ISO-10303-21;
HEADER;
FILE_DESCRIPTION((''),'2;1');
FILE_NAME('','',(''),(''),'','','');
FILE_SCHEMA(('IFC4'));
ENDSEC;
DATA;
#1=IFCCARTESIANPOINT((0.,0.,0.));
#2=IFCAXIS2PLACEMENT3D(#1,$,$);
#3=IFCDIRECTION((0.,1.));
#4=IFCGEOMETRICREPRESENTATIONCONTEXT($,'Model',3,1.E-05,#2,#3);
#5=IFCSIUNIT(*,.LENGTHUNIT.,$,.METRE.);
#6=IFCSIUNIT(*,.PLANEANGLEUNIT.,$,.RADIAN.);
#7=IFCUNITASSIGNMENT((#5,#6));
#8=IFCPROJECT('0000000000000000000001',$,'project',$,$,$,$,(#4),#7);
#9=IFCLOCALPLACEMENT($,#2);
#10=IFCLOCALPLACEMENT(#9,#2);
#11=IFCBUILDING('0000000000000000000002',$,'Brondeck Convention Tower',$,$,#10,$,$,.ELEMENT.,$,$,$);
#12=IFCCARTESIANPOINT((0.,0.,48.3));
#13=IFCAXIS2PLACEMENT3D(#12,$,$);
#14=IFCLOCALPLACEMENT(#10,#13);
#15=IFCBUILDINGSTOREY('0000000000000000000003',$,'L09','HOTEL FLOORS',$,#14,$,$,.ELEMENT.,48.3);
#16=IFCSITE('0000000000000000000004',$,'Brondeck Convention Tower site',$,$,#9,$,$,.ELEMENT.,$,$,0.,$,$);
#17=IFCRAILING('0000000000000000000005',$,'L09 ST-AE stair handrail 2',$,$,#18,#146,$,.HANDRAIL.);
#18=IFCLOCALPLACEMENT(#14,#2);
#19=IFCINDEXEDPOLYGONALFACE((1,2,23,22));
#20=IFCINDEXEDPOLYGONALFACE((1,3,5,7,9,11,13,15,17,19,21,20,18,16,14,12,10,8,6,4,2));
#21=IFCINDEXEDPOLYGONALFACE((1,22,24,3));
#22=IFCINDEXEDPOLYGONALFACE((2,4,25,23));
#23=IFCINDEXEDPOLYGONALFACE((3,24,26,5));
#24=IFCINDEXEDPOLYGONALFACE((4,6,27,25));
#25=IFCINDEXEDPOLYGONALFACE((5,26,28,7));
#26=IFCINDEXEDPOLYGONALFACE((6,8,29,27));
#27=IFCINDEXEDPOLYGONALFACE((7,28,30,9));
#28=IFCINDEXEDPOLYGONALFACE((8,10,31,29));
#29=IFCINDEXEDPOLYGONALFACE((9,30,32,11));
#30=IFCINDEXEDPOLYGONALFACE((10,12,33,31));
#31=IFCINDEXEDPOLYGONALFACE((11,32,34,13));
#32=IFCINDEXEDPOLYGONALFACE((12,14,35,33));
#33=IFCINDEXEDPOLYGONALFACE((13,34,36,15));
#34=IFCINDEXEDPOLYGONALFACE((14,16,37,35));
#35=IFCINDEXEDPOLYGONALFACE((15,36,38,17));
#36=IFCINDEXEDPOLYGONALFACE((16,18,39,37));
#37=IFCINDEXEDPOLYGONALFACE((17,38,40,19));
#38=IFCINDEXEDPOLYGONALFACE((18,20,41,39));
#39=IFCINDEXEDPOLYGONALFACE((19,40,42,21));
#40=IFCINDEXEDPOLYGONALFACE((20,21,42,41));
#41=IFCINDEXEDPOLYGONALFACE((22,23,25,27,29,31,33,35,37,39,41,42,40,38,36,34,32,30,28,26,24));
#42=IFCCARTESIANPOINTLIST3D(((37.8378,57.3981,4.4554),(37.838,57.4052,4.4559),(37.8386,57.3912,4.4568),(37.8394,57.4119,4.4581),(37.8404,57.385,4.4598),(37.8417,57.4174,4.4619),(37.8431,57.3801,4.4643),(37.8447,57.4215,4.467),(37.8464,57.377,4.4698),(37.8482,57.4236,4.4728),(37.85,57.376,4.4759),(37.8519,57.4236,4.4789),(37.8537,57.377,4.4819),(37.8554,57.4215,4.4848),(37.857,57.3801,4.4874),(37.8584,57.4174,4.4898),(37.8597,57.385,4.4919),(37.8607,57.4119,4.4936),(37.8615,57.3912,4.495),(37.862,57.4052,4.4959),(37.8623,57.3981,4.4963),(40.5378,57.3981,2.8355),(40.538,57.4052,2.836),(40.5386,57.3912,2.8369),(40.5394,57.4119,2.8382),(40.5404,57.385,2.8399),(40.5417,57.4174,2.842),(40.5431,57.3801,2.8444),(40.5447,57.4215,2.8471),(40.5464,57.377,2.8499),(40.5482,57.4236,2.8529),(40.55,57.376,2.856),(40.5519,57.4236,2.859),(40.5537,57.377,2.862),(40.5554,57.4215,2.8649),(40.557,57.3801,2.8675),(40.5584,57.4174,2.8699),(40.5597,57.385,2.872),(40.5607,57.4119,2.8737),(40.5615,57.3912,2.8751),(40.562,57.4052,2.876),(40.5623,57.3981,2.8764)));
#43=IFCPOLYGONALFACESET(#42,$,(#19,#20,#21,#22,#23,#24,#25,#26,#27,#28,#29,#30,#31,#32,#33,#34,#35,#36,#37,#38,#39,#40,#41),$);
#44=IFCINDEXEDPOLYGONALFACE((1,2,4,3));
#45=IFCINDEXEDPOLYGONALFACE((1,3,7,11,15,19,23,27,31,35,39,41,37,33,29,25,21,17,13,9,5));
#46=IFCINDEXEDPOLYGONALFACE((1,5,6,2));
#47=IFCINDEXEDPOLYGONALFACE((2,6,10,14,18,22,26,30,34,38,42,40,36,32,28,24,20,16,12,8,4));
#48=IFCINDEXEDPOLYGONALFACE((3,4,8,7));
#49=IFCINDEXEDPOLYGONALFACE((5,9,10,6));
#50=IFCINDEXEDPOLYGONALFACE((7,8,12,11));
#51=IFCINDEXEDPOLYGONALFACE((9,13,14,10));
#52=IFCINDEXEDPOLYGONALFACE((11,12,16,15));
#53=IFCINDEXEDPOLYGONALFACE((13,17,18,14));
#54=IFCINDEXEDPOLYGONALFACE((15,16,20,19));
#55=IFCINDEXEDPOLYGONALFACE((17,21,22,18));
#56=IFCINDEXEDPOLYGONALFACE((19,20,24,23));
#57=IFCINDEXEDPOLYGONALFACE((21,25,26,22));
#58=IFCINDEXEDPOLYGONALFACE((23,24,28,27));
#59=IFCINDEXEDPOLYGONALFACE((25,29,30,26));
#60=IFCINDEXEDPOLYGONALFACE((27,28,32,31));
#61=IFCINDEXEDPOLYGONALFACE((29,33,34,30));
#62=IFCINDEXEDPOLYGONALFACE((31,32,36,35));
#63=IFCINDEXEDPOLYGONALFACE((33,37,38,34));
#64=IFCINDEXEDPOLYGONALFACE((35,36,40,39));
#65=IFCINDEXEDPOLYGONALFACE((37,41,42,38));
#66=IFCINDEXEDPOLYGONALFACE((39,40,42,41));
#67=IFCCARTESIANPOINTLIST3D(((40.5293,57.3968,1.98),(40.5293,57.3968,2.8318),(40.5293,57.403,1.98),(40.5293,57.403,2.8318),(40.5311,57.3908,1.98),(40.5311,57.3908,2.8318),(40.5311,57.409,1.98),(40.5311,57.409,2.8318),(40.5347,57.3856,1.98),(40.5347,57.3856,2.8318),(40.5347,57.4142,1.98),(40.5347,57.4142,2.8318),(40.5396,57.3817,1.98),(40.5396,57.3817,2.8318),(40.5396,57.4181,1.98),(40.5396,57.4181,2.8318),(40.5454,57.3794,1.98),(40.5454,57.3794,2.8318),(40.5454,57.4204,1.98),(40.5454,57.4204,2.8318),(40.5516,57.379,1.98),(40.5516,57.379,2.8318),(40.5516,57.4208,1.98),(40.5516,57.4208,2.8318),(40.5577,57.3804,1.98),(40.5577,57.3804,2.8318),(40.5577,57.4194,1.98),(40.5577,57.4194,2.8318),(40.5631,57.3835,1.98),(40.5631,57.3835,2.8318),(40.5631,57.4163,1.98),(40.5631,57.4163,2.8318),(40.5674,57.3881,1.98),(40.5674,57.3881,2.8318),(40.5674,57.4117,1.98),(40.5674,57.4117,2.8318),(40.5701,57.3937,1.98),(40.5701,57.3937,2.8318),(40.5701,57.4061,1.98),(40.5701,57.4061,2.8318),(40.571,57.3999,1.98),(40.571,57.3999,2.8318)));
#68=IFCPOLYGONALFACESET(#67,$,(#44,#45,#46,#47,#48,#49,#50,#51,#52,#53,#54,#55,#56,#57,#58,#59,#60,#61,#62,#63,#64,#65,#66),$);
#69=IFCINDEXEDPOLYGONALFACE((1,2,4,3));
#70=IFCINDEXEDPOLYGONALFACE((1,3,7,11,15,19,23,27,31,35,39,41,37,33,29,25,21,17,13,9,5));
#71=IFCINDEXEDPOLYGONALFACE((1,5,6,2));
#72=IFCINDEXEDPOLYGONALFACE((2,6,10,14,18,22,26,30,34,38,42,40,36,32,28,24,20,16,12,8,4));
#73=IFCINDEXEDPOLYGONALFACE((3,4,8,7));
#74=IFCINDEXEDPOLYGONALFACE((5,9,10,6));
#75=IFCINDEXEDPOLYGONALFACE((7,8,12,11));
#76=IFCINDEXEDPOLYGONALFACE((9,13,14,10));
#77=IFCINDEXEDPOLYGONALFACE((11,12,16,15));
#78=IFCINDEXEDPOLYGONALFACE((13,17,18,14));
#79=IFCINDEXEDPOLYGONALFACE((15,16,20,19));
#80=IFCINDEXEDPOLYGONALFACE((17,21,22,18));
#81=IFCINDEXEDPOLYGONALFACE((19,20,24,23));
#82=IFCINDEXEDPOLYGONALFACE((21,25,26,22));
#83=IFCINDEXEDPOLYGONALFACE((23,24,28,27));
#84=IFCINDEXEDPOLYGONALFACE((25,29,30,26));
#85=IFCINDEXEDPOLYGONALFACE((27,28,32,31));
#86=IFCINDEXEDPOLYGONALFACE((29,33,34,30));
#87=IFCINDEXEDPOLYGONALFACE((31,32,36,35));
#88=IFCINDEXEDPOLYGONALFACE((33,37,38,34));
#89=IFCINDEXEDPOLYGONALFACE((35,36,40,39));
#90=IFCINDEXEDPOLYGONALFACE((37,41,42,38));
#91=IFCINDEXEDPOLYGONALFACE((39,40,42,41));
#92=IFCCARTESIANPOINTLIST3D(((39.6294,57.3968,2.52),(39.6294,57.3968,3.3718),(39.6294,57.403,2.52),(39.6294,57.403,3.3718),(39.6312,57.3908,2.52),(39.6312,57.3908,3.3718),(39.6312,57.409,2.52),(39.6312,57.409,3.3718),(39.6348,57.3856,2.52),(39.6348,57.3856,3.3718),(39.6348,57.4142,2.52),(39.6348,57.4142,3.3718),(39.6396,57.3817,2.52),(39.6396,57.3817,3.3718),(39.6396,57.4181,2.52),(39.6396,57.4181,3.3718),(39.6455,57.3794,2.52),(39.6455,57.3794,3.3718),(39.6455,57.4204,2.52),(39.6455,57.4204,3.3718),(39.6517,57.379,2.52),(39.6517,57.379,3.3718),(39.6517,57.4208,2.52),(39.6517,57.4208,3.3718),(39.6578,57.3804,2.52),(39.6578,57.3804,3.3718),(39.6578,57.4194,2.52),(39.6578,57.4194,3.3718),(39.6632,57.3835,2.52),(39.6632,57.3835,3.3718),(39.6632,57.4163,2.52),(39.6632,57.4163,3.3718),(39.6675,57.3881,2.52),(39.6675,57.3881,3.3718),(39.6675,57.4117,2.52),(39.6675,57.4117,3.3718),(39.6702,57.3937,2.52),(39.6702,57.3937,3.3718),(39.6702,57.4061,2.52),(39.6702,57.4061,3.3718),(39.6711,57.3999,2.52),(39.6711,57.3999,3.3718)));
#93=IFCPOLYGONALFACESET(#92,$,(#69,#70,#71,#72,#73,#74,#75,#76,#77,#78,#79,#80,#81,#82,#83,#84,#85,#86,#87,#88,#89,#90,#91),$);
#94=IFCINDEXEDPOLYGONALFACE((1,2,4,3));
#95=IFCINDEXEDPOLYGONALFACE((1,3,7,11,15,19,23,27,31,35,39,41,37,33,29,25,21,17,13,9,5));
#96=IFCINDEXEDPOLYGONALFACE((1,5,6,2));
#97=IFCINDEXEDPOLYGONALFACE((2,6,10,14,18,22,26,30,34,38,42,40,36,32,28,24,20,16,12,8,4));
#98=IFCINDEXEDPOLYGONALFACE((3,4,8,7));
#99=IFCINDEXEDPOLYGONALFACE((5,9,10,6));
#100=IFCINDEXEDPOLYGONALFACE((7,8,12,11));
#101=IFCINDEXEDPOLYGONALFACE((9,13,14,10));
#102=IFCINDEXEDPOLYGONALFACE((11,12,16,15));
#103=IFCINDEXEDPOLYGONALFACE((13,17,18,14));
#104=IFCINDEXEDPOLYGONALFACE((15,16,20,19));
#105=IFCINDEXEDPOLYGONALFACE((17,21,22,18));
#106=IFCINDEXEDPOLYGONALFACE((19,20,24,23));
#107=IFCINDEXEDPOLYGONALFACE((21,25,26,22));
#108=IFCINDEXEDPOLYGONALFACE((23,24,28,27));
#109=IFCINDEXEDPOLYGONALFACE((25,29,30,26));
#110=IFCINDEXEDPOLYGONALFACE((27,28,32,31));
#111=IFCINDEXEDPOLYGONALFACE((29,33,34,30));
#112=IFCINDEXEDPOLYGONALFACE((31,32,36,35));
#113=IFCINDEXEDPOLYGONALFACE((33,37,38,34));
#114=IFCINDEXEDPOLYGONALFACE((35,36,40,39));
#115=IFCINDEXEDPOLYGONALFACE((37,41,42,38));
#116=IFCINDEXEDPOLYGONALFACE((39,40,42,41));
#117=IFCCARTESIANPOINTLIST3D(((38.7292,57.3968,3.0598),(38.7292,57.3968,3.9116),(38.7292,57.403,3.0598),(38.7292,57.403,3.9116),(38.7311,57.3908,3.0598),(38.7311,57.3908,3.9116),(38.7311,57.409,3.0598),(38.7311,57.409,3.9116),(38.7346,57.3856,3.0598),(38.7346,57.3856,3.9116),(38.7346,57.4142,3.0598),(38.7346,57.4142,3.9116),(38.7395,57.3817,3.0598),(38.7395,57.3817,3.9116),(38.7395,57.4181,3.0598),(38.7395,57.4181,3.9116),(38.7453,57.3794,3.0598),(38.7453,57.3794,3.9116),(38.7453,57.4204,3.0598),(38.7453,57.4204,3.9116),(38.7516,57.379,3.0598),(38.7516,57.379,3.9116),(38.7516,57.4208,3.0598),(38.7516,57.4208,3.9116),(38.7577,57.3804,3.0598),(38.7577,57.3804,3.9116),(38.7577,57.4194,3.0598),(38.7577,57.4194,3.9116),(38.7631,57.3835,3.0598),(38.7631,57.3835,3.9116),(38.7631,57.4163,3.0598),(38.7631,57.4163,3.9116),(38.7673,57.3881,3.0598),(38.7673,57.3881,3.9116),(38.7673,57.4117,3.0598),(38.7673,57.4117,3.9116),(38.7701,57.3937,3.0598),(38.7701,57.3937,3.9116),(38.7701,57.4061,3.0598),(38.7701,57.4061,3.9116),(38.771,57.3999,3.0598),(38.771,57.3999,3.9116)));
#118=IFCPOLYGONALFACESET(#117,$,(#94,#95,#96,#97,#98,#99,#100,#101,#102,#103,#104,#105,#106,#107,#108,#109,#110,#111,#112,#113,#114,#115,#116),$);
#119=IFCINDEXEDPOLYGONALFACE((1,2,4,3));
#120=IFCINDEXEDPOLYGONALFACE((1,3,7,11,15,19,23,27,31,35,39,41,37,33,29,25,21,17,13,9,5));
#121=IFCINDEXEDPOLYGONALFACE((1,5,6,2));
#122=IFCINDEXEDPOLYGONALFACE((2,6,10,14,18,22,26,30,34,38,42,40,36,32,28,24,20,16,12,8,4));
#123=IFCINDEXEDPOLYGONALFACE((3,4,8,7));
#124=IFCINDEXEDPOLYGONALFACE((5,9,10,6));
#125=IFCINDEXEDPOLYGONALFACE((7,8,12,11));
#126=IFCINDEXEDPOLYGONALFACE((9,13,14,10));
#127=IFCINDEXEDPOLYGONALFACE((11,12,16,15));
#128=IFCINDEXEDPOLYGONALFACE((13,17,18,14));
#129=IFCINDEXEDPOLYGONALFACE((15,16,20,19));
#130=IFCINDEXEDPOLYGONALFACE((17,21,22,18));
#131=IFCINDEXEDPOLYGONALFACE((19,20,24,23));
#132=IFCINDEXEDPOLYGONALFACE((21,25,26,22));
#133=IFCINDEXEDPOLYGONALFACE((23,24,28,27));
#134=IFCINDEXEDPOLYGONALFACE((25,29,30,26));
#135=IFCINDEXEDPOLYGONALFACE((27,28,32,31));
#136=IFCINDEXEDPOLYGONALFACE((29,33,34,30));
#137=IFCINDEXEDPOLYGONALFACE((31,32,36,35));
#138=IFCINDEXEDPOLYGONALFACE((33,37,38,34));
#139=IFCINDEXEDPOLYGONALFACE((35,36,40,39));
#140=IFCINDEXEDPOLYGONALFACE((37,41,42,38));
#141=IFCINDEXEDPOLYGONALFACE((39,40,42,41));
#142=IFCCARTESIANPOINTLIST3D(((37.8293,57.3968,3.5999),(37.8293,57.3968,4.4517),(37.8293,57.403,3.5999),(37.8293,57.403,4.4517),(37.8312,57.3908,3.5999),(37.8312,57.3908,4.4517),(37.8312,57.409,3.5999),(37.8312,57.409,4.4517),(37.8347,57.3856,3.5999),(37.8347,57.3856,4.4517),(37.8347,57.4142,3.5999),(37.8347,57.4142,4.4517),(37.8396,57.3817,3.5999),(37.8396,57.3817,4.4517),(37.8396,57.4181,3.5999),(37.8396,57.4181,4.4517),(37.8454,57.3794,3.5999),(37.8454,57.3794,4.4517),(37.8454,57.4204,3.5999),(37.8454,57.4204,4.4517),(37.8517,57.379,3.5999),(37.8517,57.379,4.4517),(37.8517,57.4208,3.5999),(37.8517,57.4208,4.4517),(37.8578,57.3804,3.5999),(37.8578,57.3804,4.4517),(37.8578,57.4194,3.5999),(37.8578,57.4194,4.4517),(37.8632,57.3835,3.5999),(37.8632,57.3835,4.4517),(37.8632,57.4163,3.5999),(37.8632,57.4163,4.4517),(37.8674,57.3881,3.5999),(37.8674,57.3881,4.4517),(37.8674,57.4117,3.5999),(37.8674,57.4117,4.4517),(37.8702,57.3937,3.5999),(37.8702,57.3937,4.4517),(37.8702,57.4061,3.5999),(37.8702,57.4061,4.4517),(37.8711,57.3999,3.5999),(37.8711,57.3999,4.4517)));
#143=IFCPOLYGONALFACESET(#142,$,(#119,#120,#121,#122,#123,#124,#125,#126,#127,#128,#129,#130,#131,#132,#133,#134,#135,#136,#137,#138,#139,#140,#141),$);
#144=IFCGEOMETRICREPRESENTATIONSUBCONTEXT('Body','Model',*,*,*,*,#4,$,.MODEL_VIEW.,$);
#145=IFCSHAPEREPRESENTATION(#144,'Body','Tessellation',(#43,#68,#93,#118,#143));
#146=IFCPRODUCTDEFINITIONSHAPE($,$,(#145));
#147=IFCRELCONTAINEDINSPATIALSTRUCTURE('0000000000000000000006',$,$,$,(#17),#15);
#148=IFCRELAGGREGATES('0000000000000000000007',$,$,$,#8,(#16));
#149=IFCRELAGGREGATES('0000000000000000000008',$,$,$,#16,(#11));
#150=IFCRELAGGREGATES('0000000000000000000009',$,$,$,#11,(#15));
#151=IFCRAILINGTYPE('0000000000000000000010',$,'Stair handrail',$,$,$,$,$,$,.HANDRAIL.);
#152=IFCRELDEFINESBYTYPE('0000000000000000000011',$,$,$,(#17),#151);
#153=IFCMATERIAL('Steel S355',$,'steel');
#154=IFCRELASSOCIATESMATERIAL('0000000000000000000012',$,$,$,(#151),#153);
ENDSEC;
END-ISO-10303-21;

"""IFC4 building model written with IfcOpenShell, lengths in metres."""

from ifc_helpers import new_model, si_unit, direction, frame, origin, origin_2d, place, context, subcontext, project, spatial, circle, extrude, material, type_object, element, save


model = new_model("IFC4")

# Units and contexts
model_context = context("Model", 3, precision=1e-05, world=origin(), true_north=direction((0.0, 1.0)))
body_context = subcontext(model_context, "Body", "Model", "MODEL_VIEW")
ifc_project = project(units=[si_unit("LENGTHUNIT", "METRE"), si_unit("PLANEANGLEUNIT", "RADIAN")], contexts=[model_context])

# Site, building, storey
site_placement = place(None, origin())
site = spatial("IfcSite", under=ifc_project, at=site_placement, Name="Brondeck Convention Tower site", CompositionType="ELEMENT", RefElevation=0.0)
building_placement = place(site_placement, origin())
building = spatial("IfcBuilding", under=site, at=building_placement, Name="Brondeck Convention Tower", CompositionType="ELEMENT")
storey_placement = place(building_placement, frame((0.0, 0.0, 48.3)))
storey = spatial("IfcBuildingStorey", under=building, at=storey_placement, Name="L09", Description="HOTEL FLOORS", CompositionType="ELEMENT", Elevation=48.3)

# Railing
ifc_material_1 = material(Name="Steel S355", Category="steel")
railing_type_1 = type_object("IfcRailingType", Name="Stair handrail", PredefinedType="HANDRAIL", material=ifc_material_1)
railing_1_placement = place(storey_placement, frame((40.55, 57.3999, 1.98)))
element("IfcRailing", 1, at=railing_1_placement, inside=storey, type_object=railing_type_1, Name="L09 ST-AE stair handrail 2", PredefinedType="HANDRAIL", context=body_context, shape_type="SweptSolid", body=[
    extrude(circle(Radius=0.0239, at=origin_2d()), frame((0.0, 0.0, 0.876), z_axis=(-0.857507, 0.0, 0.514473), x_axis=(0.0, -1.0, 0.0)), (0.0, 0.0, 1.0), 3.1487),
    extrude(circle(Radius=0.021, at=origin_2d()), origin(), (0.0, 0.0, 1.0), 0.8518),
    extrude(circle(Radius=0.021, at=origin_2d()), frame((-0.8999, 0.0, 0.54)), (0.0, 0.0, 1.0), 0.8518),
    extrude(circle(Radius=0.021, at=origin_2d()), frame((-1.8, 0.0, 1.0798)), (0.0, 0.0, 1.0), 0.8518),
    extrude(circle(Radius=0.021, at=origin_2d()), frame((-2.7, 0.0, 1.6199)), (0.0, 0.0, 1.0), 0.8518),
])

save(model, "model.ifc")
